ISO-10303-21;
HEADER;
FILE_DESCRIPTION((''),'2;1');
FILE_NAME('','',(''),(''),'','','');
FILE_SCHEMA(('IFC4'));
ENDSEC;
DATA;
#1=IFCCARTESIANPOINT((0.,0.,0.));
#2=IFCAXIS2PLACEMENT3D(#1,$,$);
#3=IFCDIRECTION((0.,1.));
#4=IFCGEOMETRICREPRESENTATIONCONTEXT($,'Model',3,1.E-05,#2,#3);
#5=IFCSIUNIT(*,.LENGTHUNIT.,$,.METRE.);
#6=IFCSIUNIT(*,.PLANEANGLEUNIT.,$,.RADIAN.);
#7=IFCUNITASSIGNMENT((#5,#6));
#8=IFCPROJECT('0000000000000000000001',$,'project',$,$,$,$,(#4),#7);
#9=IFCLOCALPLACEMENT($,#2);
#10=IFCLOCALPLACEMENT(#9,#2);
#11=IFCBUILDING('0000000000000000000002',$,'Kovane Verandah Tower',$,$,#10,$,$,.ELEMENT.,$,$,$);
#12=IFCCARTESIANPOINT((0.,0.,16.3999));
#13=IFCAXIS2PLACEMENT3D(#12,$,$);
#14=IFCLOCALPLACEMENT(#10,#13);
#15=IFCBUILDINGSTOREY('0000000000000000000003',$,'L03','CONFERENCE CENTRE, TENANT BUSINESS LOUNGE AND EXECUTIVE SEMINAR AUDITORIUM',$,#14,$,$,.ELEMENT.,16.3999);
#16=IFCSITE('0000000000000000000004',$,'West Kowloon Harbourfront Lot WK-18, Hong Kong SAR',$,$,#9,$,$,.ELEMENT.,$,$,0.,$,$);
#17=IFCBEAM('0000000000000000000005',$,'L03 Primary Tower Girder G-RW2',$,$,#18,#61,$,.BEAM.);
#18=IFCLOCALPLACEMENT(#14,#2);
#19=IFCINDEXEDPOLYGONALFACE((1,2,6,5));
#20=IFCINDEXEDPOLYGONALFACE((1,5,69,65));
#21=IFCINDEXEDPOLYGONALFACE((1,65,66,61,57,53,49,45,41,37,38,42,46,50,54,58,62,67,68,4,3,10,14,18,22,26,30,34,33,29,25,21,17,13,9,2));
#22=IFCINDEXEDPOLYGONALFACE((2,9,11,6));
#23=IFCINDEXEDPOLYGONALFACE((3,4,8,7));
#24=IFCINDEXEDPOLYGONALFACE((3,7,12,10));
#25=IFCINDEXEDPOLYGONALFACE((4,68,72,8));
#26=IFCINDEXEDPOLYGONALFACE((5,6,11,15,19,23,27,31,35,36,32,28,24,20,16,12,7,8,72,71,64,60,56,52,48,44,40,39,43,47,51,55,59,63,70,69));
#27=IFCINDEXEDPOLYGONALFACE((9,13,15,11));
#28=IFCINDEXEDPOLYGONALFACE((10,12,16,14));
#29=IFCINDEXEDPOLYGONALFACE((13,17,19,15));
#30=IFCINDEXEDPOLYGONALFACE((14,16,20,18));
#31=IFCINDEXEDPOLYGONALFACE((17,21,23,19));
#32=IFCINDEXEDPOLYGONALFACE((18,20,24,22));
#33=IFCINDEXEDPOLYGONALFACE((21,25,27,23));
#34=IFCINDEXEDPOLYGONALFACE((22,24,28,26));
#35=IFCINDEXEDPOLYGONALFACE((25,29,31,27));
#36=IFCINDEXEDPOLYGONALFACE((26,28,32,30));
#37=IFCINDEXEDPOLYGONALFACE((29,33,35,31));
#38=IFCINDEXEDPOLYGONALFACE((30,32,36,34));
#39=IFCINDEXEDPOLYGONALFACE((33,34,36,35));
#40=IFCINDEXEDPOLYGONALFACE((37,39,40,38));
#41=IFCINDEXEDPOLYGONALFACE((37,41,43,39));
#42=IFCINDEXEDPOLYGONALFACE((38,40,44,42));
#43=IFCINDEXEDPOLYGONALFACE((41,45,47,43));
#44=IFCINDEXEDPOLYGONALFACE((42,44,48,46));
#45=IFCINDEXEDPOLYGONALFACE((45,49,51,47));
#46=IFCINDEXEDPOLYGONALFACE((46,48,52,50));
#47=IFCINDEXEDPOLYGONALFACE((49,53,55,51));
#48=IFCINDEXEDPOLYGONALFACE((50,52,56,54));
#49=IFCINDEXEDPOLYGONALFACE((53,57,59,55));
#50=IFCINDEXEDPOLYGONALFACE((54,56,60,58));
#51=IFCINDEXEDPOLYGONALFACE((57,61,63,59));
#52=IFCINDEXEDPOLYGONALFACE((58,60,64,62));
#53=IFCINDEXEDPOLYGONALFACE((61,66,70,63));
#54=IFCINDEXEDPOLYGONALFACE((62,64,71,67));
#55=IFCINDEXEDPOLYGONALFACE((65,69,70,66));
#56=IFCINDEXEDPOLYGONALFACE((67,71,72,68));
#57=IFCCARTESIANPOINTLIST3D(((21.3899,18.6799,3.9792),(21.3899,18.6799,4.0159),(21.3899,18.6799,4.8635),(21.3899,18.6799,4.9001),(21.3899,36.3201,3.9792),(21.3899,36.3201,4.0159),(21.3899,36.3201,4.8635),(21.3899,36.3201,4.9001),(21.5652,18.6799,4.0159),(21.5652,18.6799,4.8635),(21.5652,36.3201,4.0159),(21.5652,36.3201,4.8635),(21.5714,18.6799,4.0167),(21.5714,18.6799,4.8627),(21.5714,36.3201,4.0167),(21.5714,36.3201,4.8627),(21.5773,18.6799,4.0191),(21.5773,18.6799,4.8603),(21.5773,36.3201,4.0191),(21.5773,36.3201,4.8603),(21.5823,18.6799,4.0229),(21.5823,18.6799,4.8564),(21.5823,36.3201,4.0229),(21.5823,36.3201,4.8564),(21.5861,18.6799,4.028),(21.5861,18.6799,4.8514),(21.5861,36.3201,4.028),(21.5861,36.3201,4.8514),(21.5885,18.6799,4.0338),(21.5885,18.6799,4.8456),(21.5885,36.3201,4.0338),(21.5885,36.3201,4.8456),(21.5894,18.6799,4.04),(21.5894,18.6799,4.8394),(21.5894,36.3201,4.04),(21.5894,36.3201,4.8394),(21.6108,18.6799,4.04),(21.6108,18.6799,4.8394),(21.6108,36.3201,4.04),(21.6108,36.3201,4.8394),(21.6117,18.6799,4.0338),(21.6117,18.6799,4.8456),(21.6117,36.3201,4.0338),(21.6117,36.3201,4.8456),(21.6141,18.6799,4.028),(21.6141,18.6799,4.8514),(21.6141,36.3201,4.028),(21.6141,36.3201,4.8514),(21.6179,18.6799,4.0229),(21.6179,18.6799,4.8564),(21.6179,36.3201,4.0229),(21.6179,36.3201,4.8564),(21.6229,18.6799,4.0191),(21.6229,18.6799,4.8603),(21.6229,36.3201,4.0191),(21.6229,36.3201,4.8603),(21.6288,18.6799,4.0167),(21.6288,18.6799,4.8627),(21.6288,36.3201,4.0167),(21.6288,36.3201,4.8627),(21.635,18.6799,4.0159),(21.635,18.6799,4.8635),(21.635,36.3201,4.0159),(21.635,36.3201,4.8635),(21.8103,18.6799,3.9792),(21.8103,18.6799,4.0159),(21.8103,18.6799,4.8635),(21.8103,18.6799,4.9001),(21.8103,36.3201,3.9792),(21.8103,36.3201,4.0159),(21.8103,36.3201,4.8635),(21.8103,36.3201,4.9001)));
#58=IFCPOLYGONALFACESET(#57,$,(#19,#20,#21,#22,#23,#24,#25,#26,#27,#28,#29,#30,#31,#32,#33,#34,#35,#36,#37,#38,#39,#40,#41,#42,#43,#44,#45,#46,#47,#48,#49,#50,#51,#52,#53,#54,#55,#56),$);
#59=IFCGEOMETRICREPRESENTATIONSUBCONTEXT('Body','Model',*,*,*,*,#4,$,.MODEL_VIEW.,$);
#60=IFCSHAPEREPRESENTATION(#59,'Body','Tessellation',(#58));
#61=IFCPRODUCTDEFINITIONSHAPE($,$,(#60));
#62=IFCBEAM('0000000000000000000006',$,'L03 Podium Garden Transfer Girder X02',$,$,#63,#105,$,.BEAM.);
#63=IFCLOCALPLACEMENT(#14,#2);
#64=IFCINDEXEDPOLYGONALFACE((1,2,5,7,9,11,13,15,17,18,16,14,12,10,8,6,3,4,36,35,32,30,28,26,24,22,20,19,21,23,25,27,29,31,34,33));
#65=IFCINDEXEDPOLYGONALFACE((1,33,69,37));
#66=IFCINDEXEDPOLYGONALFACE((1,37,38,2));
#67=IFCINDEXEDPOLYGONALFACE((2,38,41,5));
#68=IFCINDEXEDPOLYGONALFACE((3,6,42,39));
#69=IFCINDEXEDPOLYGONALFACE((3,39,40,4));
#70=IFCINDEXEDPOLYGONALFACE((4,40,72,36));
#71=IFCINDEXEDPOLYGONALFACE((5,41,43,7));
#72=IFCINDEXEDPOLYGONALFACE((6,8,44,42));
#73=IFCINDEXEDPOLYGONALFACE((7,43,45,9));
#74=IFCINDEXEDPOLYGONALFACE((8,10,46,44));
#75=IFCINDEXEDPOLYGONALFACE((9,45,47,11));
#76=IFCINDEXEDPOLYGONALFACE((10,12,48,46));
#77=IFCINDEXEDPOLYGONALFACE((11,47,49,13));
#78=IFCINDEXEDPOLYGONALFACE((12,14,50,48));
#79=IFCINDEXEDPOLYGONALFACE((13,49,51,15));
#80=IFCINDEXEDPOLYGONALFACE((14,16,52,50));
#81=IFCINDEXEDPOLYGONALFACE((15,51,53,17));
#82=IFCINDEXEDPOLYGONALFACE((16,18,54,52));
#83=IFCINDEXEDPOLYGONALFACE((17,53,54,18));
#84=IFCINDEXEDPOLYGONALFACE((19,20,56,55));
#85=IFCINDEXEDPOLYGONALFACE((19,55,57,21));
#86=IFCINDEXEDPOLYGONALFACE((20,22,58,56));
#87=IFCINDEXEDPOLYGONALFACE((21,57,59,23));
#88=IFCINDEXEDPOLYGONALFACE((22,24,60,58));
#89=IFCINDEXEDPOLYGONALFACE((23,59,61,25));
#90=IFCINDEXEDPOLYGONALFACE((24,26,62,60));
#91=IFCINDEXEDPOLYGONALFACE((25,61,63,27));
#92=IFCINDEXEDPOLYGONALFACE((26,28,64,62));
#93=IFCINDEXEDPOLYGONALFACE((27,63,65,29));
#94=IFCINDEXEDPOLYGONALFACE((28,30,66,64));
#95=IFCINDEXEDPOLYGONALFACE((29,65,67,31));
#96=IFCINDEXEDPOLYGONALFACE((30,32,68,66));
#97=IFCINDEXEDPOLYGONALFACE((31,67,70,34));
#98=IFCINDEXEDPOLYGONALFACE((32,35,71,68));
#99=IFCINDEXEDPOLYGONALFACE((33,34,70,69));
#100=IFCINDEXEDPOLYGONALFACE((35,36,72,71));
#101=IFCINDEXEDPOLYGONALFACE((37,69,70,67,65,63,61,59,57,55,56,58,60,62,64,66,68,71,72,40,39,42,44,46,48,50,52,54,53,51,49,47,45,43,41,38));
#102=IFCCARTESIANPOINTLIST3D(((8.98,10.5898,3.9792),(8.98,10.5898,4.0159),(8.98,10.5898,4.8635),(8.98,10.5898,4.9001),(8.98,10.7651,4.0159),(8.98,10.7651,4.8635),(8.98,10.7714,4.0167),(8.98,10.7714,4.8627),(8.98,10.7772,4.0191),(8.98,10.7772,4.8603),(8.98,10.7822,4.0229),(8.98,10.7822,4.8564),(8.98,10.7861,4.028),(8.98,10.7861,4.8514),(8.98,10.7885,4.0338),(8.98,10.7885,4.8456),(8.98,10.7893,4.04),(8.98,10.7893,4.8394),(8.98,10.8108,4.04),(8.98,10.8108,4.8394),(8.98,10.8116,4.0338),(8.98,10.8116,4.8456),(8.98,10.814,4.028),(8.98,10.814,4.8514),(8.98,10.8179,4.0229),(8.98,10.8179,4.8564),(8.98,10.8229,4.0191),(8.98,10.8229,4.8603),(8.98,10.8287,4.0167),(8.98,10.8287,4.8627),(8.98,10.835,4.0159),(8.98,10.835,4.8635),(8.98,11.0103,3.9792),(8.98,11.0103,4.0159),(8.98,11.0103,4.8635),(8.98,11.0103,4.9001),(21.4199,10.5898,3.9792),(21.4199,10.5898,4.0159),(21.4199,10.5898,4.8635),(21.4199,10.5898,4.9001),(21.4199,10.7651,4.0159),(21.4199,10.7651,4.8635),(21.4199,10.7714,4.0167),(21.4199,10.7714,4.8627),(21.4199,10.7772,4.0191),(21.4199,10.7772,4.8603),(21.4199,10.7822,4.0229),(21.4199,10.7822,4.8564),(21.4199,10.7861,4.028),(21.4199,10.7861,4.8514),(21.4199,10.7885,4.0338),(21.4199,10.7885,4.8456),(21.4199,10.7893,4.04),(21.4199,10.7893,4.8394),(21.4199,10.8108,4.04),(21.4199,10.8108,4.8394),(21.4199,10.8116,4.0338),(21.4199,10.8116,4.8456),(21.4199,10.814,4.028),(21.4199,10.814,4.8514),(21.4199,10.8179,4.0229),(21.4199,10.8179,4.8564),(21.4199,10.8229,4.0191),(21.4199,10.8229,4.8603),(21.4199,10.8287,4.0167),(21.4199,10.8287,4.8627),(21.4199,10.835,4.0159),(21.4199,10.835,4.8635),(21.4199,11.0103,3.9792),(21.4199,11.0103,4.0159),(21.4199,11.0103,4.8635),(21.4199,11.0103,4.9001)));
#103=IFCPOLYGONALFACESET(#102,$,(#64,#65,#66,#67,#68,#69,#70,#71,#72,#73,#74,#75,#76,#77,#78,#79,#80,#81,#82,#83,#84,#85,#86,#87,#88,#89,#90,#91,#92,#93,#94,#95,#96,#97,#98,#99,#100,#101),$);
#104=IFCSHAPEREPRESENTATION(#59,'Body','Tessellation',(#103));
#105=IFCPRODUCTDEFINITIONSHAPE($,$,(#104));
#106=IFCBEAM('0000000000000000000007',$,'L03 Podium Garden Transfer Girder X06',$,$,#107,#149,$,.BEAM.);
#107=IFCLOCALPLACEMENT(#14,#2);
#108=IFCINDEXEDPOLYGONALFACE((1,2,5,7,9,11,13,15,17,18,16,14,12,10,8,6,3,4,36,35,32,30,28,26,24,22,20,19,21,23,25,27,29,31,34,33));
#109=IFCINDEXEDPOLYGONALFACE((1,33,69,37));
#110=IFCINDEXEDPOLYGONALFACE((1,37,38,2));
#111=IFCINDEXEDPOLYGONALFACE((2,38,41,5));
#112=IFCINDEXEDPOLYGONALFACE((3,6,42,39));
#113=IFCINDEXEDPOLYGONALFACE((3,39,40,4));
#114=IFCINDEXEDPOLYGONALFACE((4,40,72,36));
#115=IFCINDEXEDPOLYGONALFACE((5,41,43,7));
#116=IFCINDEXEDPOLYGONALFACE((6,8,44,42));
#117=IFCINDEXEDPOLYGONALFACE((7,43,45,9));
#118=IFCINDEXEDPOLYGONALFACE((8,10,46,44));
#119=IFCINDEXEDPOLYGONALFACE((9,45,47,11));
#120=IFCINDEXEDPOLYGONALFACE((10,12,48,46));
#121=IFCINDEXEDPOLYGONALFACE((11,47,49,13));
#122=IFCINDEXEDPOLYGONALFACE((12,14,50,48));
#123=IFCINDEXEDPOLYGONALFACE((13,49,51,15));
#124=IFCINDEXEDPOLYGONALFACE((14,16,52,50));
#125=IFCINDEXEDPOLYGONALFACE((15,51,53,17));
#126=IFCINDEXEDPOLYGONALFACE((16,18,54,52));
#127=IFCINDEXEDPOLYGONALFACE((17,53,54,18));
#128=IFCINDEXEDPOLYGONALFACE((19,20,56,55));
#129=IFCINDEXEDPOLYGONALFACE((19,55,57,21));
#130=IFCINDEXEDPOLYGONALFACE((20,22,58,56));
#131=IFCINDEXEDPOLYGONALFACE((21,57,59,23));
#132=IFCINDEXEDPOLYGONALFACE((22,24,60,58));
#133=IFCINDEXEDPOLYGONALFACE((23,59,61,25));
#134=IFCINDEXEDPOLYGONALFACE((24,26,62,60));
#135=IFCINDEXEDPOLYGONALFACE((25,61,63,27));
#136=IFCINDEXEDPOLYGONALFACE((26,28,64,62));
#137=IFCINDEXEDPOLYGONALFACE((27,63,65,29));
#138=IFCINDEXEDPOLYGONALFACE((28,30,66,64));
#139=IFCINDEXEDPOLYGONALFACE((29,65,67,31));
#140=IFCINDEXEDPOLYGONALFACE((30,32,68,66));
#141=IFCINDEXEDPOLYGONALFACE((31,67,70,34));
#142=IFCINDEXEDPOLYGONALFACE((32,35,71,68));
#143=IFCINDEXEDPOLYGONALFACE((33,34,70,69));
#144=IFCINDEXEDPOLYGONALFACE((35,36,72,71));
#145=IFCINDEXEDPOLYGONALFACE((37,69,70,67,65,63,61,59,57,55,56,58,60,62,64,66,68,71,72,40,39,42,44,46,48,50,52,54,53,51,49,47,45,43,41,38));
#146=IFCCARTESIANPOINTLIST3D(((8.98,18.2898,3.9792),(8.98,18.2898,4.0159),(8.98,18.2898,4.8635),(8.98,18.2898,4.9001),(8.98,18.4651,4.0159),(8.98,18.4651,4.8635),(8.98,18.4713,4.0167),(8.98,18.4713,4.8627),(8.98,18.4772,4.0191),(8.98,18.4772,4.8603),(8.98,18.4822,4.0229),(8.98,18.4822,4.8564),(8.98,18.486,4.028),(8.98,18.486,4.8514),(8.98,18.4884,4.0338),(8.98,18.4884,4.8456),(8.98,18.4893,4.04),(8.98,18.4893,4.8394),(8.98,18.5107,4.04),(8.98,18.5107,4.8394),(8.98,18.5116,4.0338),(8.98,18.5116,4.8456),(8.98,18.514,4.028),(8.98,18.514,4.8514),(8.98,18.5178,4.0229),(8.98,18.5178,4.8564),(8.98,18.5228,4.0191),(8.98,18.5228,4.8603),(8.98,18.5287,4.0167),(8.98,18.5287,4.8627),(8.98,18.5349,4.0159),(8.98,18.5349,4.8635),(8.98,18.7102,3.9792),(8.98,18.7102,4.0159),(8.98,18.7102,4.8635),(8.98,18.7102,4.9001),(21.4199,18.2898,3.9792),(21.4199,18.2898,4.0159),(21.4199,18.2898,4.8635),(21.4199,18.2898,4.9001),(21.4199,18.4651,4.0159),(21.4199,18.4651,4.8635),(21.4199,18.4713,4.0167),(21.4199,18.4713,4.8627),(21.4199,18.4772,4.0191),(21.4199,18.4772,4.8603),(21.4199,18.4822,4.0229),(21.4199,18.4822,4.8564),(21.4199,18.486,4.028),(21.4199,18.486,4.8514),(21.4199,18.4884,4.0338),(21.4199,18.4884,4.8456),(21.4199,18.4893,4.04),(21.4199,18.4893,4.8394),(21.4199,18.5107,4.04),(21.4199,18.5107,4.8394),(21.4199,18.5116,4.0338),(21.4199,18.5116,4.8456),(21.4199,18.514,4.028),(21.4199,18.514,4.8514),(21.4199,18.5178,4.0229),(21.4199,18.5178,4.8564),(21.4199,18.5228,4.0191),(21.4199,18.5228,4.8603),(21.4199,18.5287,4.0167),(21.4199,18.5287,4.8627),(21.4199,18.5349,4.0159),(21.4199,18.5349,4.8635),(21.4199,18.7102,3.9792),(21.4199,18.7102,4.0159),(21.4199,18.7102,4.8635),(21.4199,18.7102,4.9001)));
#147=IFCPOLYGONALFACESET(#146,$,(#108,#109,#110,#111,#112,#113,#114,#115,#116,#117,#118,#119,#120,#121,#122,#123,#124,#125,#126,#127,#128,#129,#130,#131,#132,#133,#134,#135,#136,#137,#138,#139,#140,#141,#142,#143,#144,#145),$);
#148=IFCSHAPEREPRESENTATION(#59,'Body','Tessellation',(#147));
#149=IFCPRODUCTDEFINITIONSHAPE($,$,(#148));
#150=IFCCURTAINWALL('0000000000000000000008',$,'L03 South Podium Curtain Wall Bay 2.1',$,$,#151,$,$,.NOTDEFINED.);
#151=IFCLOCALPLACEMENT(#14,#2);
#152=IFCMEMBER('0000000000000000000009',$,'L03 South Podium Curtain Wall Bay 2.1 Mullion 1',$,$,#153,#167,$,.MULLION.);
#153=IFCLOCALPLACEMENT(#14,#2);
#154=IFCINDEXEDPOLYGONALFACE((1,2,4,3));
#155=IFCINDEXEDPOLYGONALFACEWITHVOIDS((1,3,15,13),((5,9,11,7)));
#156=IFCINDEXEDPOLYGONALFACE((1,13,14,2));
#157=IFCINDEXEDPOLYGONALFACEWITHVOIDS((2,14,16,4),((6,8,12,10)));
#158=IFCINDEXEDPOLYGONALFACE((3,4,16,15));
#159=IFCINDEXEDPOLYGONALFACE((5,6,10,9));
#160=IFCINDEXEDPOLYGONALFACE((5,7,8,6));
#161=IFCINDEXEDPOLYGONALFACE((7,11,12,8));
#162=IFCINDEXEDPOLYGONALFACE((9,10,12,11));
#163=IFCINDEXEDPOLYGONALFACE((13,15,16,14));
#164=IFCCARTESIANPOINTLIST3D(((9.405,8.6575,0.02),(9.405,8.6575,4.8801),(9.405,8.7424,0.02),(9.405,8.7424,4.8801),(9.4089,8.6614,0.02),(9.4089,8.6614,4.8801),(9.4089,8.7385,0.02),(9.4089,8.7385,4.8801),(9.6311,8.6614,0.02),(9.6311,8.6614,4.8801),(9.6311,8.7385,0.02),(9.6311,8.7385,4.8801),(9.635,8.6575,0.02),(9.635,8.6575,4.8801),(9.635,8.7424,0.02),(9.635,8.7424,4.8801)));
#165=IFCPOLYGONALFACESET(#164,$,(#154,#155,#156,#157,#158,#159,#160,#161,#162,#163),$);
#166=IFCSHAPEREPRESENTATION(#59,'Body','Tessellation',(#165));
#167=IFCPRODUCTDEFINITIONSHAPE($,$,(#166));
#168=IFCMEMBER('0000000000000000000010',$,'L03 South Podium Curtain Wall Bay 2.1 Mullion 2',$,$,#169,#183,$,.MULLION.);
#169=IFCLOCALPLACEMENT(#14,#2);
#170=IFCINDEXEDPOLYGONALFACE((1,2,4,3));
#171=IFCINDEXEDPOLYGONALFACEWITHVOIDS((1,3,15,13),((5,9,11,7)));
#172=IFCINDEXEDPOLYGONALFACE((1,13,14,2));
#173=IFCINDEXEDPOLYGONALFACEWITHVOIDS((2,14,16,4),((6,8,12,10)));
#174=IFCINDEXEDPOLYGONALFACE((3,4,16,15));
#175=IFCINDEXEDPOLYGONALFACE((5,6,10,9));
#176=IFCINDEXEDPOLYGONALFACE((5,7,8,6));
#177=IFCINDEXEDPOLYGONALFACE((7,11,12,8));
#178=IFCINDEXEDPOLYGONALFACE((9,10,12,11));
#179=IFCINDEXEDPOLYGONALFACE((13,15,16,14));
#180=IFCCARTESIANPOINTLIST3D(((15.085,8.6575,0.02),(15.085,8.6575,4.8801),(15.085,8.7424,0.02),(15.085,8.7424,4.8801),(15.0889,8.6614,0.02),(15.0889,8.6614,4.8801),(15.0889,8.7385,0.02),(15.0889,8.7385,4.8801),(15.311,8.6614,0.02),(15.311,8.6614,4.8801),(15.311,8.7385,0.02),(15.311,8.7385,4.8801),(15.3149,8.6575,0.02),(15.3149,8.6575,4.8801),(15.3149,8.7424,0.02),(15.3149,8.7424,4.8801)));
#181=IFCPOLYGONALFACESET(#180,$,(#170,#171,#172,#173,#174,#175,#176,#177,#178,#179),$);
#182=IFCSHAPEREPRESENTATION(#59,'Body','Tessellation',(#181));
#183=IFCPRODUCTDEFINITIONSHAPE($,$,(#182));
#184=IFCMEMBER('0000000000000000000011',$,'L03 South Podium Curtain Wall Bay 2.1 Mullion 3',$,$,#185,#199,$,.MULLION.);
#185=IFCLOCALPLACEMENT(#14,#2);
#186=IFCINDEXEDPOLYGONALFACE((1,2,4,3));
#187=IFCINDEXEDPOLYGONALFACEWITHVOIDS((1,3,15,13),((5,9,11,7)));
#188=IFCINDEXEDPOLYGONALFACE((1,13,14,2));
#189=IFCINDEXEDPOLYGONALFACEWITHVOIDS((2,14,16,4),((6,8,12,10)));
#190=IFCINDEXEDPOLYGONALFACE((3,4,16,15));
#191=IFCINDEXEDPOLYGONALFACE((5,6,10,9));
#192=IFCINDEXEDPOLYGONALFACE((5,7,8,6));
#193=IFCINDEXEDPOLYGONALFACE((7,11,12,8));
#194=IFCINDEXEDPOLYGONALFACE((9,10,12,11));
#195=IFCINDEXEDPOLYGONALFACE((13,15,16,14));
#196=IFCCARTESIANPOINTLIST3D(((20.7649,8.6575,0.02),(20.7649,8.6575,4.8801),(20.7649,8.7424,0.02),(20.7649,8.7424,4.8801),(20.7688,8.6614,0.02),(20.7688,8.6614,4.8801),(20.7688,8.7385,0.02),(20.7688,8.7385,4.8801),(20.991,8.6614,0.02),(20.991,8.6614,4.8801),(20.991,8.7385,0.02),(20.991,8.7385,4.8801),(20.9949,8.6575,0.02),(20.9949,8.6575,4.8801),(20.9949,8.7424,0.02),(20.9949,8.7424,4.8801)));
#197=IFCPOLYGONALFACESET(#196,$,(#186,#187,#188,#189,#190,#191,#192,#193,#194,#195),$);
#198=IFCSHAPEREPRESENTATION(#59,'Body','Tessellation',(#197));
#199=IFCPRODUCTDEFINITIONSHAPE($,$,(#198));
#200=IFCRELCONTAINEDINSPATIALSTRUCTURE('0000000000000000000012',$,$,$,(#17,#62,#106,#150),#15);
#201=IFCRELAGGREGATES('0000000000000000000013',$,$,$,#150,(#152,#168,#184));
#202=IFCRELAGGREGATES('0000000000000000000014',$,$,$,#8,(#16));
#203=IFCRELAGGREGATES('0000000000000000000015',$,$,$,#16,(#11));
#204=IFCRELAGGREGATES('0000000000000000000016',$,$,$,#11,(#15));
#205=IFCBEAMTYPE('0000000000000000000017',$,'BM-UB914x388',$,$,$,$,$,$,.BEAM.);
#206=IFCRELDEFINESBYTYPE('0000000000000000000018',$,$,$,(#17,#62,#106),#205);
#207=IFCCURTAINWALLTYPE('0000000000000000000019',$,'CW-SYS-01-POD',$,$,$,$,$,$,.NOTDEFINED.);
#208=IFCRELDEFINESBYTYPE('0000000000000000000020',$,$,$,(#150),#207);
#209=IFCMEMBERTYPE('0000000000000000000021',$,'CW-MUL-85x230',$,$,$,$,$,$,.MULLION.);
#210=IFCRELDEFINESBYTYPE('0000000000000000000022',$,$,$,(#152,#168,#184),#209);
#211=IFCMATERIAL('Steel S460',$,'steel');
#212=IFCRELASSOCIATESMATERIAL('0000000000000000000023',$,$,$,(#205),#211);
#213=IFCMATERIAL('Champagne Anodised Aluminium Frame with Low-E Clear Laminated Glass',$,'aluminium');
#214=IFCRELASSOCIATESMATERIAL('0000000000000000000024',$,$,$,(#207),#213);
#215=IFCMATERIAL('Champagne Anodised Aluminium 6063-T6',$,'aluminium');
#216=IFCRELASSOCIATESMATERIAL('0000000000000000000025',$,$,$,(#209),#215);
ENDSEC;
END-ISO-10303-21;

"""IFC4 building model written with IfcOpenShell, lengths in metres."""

from ifc_helpers import new_model, si_unit, direction, frame, origin, origin_2d, place, context, subcontext, project, spatial, hollow_rectangle, i_section, extrude, material, material_profile, profile_set, type_object, element, aggregate, save


model = new_model("IFC4")

# Units and contexts
model_context = context("Model", 3, precision=1e-05, world=origin(), true_north=direction((0.0, 1.0)))
body_context = subcontext(model_context, "Body", "Model", "MODEL_VIEW")
ifc_project = project(units=[si_unit("LENGTHUNIT", "METRE"), si_unit("PLANEANGLEUNIT", "RADIAN")], contexts=[model_context])

# Site, building, storey
site_placement = place(None, origin())
site = spatial("IfcSite", under=ifc_project, at=site_placement, Name="West Kowloon Harbourfront Lot WK-18, Hong Kong SAR", CompositionType="ELEMENT", RefElevation=0.0)
building_placement = place(site_placement, origin())
building = spatial("IfcBuilding", under=site, at=building_placement, Name="Kovane Verandah Tower", CompositionType="ELEMENT")
storey_placement = place(building_placement, frame((0.0, 0.0, 16.3999)))
storey = spatial("IfcBuildingStorey", under=building, at=storey_placement, Name="L03", Description="CONFERENCE CENTRE, TENANT BUSINESS LOUNGE AND EXECUTIVE SEMINAR AUDITORIUM", CompositionType="ELEMENT", Elevation=16.3999)

# Shared definitions
ifc_material_1 = material(Name="Steel S460", Category="steel")

# Beams
ifc_material_profile_1 = material_profile(ifc_material_1, i_section(OverallWidth=0.4204, OverallDepth=0.9209, WebThickness=0.0215, FlangeThickness=0.0366, FilletRadius=0.0242, at=origin_2d()), Name="UB914x419x388")
ifc_profile_set_1 = profile_set([ifc_material_profile_1], Name="Steel S460")
beam_type_1 = type_object("IfcBeamType", Name="BM-UB914x388", PredefinedType="BEAM", material=ifc_profile_set_1)
beam_1_placement = place(storey_placement, frame((21.6001, 18.6799, 4.4397), z_axis=(0.0, 1.0, 0.0), x_axis=(-1.0, 0.0, 0.0)))
element("IfcBeam", 1, at=beam_1_placement, inside=storey, type_object=beam_type_1, Name="L03 Primary Tower Girder G-RW2", PredefinedType="BEAM", context=body_context, shape_type="SweptSolid", body=[
    extrude(i_section(OverallWidth=0.4204, OverallDepth=0.9209, WebThickness=0.0215, FlangeThickness=0.0366, FilletRadius=0.0242, at=origin_2d()), origin(), (0.0, 0.0, 1.0), 17.6401),
])
for number, where, z_axis, x_axis, name in (
    (2, (8.98, 10.8, 4.4397), (1.0, 0.0, 0.0), (0.0, 1.0, 0.0), "L03 Podium Garden Transfer Girder X02"),
    (3, (8.98, 18.5, 4.4397), (1.0, 0.0, 0.0), (0.0, 1.0, 0.0), "L03 Podium Garden Transfer Girder X06"),
):
    element("IfcBeam", number, at=place(storey_placement, frame(where, z_axis=z_axis, x_axis=x_axis)), inside=storey, type_object=beam_type_1, Name=name, PredefinedType="BEAM", context=body_context, shape_type="SweptSolid", body=[
        extrude(i_section(OverallWidth=0.4204, OverallDepth=0.9209, WebThickness=0.0215, FlangeThickness=0.0366, FilletRadius=0.0242, at=origin_2d()), origin(), (0.0, 0.0, 1.0), 12.4399),
    ])

# Curtain wall, members
ifc_material_2 = material(Name="Champagne Anodised Aluminium Frame with Low-E Clear Laminated Glass", Category="aluminium")
curtain_wall_type = type_object("IfcCurtainWallType", Name="CW-SYS-01-POD", PredefinedType="NOTDEFINED", material=ifc_material_2)
curtain_wall_1_placement = place(storey_placement, origin())
curtain_wall_1 = element("IfcCurtainWall", 4, at=curtain_wall_1_placement, inside=storey, type_object=curtain_wall_type, Name="L03 South Podium Curtain Wall Bay 2.1", PredefinedType="NOTDEFINED")
ifc_material_3 = material(Name="Champagne Anodised Aluminium 6063-T6", Category="aluminium")
ifc_material_profile_2 = material_profile(ifc_material_3, hollow_rectangle(XDim=0.085, YDim=0.23, WallThickness=0.0039, at=origin_2d()), Name="AL85x230x4")
ifc_profile_set_2 = profile_set([ifc_material_profile_2], Name="Champagne Anodised Aluminium 6063-T6")
member_type_1 = type_object("IfcMemberType", Name="CW-MUL-85x230", PredefinedType="MULLION", material=ifc_profile_set_2)
member_1_placement = place(storey_placement, frame((9.52, 8.7, 0.02), z_axis=(0.0, 0.0, 1.0), x_axis=(0.0, -1.0, 0.0)))
member_1 = element("IfcMember", 5, at=member_1_placement, type_object=member_type_1, Name="L03 South Podium Curtain Wall Bay 2.1 Mullion 1", PredefinedType="MULLION", context=body_context, shape_type="SweptSolid", body=[
    extrude(hollow_rectangle(XDim=0.085, YDim=0.23, WallThickness=0.0039, at=origin_2d()), origin(), (0.0, 0.0, 1.0), 4.8601),
])
member_2_placement = place(storey_placement, frame((15.2, 8.7, 0.02), z_axis=(0.0, 0.0, 1.0), x_axis=(0.0, -1.0, 0.0)))
member_2 = element("IfcMember", 6, at=member_2_placement, type_object=member_type_1, Name="L03 South Podium Curtain Wall Bay 2.1 Mullion 2", PredefinedType="MULLION", context=body_context, shape_type="SweptSolid", body=[
    extrude(hollow_rectangle(XDim=0.085, YDim=0.23, WallThickness=0.0039, at=origin_2d()), origin(), (0.0, 0.0, 1.0), 4.8601),
])
member_3_placement = place(storey_placement, frame((20.8799, 8.7, 0.02), z_axis=(0.0, 0.0, 1.0), x_axis=(0.0, -1.0, 0.0)))
member_3 = element("IfcMember", 7, at=member_3_placement, type_object=member_type_1, Name="L03 South Podium Curtain Wall Bay 2.1 Mullion 3", PredefinedType="MULLION", context=body_context, shape_type="SweptSolid", body=[
    extrude(hollow_rectangle(XDim=0.085, YDim=0.23, WallThickness=0.0039, at=origin_2d()), origin(), (0.0, 0.0, 1.0), 4.8601),
])

aggregate(curtain_wall_1, [member_1, member_2, member_3])

save(model, "model.ifc")
